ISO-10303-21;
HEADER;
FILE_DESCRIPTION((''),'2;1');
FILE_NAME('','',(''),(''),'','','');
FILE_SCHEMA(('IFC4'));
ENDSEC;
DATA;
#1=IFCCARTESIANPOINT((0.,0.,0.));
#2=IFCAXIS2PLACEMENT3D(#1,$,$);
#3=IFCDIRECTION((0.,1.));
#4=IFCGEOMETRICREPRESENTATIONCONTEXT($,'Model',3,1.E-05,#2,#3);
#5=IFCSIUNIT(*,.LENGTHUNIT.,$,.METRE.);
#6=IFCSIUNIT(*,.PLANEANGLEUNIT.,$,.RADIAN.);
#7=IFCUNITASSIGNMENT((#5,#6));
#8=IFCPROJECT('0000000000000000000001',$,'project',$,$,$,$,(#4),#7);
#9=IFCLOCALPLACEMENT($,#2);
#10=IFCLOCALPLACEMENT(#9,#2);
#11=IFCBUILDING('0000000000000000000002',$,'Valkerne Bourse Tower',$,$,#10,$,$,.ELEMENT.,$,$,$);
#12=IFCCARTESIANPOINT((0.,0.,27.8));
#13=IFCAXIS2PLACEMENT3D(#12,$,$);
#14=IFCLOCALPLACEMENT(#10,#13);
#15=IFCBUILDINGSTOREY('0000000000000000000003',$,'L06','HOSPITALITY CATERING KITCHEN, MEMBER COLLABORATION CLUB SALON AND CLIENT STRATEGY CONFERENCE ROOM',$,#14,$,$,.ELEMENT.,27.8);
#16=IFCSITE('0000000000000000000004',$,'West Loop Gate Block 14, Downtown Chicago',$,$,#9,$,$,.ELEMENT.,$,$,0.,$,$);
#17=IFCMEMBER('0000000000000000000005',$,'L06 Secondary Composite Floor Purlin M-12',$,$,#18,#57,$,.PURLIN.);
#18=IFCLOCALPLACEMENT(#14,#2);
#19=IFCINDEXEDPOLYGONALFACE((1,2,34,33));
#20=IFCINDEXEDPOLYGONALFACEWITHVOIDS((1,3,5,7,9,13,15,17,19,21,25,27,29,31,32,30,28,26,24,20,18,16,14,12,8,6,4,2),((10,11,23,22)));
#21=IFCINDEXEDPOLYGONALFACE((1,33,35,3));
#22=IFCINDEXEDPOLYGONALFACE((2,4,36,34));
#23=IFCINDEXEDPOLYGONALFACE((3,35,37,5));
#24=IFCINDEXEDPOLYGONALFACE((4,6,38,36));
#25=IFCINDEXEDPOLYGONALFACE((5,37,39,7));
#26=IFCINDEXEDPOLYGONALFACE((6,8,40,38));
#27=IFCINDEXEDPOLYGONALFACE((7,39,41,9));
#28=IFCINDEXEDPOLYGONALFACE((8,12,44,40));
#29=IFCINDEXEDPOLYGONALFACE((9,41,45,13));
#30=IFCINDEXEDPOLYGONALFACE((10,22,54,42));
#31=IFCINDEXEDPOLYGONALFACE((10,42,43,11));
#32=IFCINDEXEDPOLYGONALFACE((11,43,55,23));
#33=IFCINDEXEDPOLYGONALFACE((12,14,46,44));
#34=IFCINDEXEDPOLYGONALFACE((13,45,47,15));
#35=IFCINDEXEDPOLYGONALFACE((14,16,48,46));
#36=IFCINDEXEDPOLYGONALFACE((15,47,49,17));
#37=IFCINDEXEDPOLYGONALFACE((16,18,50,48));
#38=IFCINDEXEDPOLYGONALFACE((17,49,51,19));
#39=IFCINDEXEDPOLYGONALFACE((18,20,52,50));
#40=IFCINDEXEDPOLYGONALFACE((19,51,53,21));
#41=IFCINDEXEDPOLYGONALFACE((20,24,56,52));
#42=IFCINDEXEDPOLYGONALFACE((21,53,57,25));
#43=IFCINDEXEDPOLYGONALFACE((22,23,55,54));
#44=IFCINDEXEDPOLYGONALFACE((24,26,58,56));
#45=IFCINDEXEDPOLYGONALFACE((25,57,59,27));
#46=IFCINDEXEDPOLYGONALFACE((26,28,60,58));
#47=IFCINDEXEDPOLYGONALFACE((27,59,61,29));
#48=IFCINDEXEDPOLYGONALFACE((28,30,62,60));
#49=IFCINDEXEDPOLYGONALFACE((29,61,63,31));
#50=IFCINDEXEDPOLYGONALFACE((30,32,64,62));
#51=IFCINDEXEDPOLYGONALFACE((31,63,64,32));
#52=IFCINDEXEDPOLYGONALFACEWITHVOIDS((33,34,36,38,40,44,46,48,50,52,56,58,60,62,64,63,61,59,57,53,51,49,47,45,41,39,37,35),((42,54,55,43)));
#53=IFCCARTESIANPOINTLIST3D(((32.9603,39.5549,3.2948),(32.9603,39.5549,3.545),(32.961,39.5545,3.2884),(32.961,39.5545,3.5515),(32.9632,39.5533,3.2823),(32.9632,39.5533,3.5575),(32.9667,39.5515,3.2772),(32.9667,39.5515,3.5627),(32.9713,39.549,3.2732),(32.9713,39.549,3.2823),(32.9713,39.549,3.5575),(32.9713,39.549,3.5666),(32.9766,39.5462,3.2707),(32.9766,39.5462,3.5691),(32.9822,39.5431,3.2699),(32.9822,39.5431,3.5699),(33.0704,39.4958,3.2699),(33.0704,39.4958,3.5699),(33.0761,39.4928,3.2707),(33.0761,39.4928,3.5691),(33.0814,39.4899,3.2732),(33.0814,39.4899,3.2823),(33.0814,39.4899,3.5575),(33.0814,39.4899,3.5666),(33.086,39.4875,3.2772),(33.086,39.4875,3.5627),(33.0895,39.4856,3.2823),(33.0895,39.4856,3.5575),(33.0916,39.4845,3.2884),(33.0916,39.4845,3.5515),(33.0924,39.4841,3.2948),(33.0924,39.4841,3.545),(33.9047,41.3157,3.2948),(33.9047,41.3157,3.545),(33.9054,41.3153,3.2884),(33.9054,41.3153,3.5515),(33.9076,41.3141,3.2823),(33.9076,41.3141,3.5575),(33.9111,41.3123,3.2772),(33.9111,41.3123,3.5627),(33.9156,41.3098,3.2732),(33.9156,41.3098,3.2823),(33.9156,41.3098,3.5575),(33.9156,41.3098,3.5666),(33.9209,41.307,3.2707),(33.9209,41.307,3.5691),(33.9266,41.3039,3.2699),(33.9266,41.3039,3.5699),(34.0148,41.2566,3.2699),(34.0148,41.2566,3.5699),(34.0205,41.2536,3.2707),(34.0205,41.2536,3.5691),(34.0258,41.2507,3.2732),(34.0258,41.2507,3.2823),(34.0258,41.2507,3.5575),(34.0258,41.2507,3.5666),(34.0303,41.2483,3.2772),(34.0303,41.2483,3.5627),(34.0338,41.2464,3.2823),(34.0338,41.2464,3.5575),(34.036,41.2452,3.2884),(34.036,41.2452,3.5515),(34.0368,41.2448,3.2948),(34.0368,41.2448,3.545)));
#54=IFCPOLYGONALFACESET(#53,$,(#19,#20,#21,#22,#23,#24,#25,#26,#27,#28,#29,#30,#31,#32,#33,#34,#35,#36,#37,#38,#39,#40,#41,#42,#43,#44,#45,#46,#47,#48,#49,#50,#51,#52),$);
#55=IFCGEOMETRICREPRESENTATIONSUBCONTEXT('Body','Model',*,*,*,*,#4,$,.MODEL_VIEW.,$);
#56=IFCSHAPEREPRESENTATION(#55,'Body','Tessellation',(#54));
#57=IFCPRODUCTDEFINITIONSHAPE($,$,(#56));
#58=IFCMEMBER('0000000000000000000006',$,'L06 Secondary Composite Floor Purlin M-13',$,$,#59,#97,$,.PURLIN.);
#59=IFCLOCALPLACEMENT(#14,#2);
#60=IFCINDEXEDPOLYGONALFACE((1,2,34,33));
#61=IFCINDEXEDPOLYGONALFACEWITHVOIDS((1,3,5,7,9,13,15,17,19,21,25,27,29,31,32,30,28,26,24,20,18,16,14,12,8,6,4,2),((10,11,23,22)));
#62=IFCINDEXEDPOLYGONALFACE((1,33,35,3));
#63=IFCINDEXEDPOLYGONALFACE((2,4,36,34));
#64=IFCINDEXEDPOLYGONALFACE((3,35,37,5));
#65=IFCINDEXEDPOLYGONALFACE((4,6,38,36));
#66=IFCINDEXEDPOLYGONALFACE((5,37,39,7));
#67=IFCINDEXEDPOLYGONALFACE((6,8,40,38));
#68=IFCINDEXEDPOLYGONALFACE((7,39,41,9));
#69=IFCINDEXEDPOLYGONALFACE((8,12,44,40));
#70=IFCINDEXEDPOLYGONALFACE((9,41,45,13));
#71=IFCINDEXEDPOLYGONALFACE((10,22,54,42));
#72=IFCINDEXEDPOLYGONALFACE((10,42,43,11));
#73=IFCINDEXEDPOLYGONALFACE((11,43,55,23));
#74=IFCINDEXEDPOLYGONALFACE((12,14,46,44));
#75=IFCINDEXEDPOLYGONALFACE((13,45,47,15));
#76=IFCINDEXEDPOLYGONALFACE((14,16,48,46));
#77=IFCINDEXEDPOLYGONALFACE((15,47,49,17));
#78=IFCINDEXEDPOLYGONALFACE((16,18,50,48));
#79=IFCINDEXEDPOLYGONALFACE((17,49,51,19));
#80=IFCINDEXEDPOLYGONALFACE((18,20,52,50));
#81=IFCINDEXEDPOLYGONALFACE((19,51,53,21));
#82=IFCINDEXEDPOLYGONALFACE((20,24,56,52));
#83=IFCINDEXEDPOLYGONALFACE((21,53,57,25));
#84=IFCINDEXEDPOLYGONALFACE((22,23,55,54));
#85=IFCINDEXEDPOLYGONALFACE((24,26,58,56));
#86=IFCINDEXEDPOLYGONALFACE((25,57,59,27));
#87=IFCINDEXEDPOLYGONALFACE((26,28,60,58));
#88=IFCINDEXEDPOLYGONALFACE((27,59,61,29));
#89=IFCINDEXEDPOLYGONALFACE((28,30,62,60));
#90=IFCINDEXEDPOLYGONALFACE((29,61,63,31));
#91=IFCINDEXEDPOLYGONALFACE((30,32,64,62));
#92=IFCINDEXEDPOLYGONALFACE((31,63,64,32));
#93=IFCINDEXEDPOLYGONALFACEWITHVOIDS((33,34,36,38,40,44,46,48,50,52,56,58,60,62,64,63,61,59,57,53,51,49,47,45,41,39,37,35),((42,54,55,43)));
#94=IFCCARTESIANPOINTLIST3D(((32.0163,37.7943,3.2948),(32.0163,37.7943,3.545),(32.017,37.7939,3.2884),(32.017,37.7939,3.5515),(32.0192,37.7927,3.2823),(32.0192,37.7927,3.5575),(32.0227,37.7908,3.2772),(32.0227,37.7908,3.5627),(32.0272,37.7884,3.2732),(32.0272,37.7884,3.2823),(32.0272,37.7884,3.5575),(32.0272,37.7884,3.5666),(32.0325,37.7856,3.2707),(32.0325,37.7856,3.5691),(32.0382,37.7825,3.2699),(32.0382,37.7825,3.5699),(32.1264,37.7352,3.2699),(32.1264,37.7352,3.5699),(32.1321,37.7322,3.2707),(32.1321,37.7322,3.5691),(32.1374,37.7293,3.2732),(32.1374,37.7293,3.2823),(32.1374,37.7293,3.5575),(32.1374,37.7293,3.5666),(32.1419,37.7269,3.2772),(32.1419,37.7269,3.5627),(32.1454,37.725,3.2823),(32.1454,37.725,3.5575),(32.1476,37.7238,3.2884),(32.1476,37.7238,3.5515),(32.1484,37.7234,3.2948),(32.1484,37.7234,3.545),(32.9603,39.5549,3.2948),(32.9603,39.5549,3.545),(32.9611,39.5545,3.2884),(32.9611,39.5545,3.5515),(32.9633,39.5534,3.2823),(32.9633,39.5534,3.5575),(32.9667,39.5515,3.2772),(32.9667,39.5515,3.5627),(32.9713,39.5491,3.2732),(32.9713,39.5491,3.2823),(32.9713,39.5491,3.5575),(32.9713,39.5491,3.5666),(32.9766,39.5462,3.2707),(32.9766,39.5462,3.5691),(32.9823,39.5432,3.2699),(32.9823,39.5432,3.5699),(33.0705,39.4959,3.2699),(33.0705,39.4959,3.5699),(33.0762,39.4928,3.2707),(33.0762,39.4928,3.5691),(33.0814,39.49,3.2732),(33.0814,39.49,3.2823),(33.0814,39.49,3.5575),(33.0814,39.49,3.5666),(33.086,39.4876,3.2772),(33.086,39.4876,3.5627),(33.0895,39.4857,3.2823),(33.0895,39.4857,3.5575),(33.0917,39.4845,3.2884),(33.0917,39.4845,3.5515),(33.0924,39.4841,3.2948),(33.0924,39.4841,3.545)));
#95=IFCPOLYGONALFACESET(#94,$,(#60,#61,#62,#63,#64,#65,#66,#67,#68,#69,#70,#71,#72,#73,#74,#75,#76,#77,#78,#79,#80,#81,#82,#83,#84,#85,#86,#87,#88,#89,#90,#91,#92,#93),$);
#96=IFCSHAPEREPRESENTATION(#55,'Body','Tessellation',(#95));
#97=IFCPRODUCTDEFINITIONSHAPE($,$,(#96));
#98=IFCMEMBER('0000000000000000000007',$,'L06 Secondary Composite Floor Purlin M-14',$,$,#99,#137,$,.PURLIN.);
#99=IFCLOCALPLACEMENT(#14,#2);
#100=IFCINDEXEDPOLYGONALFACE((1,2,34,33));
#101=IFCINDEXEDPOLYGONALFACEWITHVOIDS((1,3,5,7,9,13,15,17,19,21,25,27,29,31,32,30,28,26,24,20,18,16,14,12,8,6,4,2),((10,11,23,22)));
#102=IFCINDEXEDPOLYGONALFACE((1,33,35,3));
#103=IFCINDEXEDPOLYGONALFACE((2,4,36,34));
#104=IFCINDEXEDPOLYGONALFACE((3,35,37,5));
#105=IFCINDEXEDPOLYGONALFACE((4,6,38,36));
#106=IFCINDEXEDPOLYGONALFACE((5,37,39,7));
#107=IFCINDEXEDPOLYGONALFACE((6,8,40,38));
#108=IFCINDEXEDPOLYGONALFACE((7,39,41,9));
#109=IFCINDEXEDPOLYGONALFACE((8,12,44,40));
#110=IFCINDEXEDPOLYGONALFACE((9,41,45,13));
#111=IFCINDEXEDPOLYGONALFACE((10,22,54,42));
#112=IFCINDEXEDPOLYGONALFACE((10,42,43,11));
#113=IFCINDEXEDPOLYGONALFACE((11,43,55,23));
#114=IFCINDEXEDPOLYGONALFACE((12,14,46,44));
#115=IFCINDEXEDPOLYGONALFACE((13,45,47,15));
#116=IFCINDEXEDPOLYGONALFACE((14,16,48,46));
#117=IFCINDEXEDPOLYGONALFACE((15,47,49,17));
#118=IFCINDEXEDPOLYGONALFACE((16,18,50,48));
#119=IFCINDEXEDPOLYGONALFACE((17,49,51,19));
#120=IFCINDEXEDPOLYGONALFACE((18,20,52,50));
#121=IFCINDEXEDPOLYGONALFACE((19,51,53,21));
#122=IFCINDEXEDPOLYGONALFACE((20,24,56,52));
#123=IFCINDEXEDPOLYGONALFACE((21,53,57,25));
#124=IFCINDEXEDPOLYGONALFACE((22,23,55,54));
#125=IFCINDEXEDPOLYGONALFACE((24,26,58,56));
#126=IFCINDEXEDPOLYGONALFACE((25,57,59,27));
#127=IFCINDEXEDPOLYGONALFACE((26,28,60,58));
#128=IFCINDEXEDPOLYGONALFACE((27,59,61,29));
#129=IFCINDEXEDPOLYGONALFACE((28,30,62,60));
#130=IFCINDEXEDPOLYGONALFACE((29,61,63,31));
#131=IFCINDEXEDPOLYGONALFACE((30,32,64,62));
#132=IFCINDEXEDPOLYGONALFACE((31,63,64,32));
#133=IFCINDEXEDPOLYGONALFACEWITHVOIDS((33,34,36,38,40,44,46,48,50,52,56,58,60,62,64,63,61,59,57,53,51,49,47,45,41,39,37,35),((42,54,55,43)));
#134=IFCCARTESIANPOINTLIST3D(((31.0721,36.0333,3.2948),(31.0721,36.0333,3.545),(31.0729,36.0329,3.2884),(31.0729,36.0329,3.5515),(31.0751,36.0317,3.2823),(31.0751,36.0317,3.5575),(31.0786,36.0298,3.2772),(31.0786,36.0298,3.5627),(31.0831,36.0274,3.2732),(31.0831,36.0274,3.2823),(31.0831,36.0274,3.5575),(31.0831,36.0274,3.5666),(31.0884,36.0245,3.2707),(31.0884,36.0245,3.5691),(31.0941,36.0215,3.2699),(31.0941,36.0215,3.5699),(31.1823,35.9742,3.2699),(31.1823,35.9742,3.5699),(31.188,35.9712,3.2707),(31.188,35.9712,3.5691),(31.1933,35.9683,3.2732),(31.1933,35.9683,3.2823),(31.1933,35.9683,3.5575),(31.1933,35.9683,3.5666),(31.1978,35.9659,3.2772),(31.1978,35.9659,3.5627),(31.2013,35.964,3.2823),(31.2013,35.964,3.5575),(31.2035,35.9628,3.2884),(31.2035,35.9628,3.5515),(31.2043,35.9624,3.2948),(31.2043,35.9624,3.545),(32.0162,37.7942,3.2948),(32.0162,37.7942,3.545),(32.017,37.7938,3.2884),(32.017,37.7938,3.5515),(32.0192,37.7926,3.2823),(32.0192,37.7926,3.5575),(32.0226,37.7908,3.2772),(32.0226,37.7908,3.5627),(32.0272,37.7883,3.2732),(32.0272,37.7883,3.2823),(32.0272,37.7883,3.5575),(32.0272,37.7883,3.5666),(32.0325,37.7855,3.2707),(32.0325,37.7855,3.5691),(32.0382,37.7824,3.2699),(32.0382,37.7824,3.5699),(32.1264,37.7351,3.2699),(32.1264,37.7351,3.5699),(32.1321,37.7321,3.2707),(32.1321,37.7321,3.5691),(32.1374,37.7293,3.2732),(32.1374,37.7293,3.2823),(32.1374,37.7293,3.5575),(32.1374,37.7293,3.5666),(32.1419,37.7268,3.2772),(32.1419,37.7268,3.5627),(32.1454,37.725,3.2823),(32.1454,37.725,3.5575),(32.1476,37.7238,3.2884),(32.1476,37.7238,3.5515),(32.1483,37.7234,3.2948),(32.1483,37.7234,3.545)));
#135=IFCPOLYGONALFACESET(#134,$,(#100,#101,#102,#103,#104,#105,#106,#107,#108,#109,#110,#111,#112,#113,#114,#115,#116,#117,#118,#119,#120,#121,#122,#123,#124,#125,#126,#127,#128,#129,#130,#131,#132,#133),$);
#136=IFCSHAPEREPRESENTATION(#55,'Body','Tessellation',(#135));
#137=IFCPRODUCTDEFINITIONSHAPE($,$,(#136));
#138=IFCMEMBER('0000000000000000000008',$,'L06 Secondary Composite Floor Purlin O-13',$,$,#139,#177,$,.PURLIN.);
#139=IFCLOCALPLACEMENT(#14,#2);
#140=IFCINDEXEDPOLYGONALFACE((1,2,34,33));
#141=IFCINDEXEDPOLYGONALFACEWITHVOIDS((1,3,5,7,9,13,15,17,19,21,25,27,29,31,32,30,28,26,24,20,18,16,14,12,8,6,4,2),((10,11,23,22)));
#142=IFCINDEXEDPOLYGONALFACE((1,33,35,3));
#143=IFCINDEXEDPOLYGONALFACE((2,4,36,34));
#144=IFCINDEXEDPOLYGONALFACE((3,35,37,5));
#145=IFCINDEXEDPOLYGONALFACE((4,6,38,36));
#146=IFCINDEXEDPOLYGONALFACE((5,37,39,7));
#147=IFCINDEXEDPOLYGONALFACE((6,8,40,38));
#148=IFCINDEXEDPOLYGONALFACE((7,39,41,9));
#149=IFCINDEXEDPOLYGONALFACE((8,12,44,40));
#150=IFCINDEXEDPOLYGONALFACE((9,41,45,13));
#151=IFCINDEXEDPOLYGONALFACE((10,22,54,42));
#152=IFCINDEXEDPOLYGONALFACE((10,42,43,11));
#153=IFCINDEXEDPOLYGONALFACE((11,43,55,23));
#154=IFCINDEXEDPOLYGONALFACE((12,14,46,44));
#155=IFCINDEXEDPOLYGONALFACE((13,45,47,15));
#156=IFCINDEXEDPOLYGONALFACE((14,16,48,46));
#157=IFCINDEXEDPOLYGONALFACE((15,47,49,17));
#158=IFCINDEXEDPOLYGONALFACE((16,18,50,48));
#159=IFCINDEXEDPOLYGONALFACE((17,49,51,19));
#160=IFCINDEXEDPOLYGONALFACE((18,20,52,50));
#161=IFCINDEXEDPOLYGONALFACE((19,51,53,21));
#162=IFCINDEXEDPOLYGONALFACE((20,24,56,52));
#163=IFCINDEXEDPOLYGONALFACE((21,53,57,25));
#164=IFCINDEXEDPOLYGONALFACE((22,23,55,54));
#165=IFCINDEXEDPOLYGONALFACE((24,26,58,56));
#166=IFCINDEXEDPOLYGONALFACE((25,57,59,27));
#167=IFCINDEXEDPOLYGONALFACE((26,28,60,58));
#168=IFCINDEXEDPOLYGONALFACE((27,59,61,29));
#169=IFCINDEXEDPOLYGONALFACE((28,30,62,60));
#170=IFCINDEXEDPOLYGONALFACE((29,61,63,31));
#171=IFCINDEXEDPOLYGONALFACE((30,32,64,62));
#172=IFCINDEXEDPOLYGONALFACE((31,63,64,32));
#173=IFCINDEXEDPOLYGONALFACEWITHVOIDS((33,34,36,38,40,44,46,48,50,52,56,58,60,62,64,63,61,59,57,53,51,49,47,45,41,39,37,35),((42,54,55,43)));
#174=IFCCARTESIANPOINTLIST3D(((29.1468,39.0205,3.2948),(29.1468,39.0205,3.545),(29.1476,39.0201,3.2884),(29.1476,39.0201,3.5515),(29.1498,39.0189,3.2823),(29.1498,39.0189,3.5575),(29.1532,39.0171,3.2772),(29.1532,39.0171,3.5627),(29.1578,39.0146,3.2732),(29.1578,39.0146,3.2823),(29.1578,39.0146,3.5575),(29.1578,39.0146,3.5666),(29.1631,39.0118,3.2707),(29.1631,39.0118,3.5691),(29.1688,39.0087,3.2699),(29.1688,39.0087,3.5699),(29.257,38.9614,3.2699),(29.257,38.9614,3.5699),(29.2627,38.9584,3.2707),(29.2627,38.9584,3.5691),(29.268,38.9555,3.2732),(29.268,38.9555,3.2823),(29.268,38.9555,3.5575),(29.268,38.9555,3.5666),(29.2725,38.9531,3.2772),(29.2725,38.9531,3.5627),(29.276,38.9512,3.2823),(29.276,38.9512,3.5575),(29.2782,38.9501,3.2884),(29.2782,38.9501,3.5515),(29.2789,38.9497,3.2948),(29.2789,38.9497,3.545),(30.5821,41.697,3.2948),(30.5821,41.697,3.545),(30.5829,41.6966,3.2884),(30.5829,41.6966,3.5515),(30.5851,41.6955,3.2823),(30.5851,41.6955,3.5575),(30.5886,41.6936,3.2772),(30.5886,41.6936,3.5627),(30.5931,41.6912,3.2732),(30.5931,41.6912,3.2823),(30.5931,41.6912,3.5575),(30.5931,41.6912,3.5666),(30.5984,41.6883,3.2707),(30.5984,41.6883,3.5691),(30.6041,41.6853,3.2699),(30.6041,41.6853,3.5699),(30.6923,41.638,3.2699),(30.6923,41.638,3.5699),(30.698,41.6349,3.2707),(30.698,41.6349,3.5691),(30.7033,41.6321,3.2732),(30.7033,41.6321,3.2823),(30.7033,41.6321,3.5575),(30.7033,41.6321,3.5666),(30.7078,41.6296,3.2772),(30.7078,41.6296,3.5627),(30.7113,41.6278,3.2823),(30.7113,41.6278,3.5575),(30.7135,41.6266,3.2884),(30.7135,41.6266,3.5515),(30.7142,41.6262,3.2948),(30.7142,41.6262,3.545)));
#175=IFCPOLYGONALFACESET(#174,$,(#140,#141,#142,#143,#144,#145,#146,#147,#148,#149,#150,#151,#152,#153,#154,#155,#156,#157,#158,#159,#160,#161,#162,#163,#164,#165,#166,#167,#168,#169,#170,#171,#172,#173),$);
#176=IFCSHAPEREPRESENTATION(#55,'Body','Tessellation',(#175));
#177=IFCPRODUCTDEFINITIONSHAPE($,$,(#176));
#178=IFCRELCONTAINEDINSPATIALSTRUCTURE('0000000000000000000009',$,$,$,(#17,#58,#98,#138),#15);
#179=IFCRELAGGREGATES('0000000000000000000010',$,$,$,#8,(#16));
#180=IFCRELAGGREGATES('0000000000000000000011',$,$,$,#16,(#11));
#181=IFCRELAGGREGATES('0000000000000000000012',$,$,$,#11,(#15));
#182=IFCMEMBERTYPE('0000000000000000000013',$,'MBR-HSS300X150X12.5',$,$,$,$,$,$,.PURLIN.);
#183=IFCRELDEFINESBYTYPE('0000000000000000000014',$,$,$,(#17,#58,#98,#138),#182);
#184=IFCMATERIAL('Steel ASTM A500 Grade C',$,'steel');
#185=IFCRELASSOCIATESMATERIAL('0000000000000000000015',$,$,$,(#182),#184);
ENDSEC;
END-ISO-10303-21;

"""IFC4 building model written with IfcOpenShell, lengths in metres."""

from ifc_helpers import new_model, si_unit, direction, frame, origin, origin_2d, place, context, subcontext, project, spatial, hollow_rectangle, extrude, material, material_profile, profile_set, type_object, element, save


model = new_model("IFC4")

# Units and contexts
model_context = context("Model", 3, precision=1e-05, world=origin(), true_north=direction((0.0, 1.0)))
body_context = subcontext(model_context, "Body", "Model", "MODEL_VIEW")
ifc_project = project(units=[si_unit("LENGTHUNIT", "METRE"), si_unit("PLANEANGLEUNIT", "RADIAN")], contexts=[model_context])

# Site, building, storey
site_placement = place(None, origin())
site = spatial("IfcSite", under=ifc_project, at=site_placement, Name="West Loop Gate Block 14, Downtown Chicago", CompositionType="ELEMENT", RefElevation=0.0)
building_placement = place(site_placement, origin())
building = spatial("IfcBuilding", under=site, at=building_placement, Name="Valkerne Bourse Tower", CompositionType="ELEMENT")
storey_placement = place(building_placement, frame((0.0, 0.0, 27.8)))
storey = spatial("IfcBuildingStorey", under=building, at=storey_placement, Name="L06", Description="HOSPITALITY CATERING KITCHEN, MEMBER COLLABORATION CLUB SALON AND CLIENT STRATEGY CONFERENCE ROOM", CompositionType="ELEMENT", Elevation=27.8)

# Members
ifc_material_1 = material(Name="Steel ASTM A500 Grade C", Category="steel")
ifc_material_profile_1 = material_profile(ifc_material_1, hollow_rectangle(XDim=0.1499, YDim=0.3, WallThickness=0.0125, OuterFilletRadius=0.0249, at=origin_2d()), Name="HSS300X150X12.5")
ifc_profile_set_1 = profile_set([ifc_material_profile_1], Name="Steel ASTM A500 Grade C")
member_type_1 = type_object("IfcMemberType", Name="MBR-HSS300X150X12.5", PredefinedType="PURLIN", material=ifc_profile_set_1)
member_1_placement = place(storey_placement, frame((33.9707, 41.2803, 3.4199), z_axis=(-0.472642, -0.881255, 0.0), x_axis=(0.881255, -0.472642, 0.0)))
element("IfcMember", 1, at=member_1_placement, inside=storey, type_object=member_type_1, Name="L06 Secondary Composite Floor Purlin M-12", PredefinedType="PURLIN", context=body_context, shape_type="SweptSolid", body=[
    extrude(hollow_rectangle(XDim=0.1499, YDim=0.3, WallThickness=0.0125, OuterFilletRadius=0.0249, at=origin_2d()), origin(), (0.0, 0.0, 1.0), 1.998),
])
member_2_placement = place(storey_placement, frame((33.0264, 39.5195, 3.4199), z_axis=(-0.472547, -0.881306, 0.0), x_axis=(0.881306, -0.472547, 0.0)))
element("IfcMember", 2, at=member_2_placement, inside=storey, type_object=member_type_1, Name="L06 Secondary Composite Floor Purlin M-13", PredefinedType="PURLIN", context=body_context, shape_type="SweptSolid", body=[
    extrude(hollow_rectangle(XDim=0.1499, YDim=0.3, WallThickness=0.0125, OuterFilletRadius=0.0249, at=origin_2d()), origin(), (0.0, 0.0, 1.0), 1.9978),
])
member_3_placement = place(storey_placement, frame((32.0823, 37.7588, 3.4199), z_axis=(-0.472496, -0.881333, 0.0), x_axis=(0.881333, -0.472496, 0.0)))
element("IfcMember", 3, at=member_3_placement, inside=storey, type_object=member_type_1, Name="L06 Secondary Composite Floor Purlin M-14", PredefinedType="PURLIN", context=body_context, shape_type="SweptSolid", body=[
    extrude(hollow_rectangle(XDim=0.1499, YDim=0.3, WallThickness=0.0125, OuterFilletRadius=0.0249, at=origin_2d()), origin(), (0.0, 0.0, 1.0), 1.998),
])
member_4_placement = place(storey_placement, frame((30.6482, 41.6616, 3.4199), z_axis=(-0.472594, -0.88128, 0.0), x_axis=(0.88128, -0.472594, 0.0)))
element("IfcMember", 4, at=member_4_placement, inside=storey, type_object=member_type_1, Name="L06 Secondary Composite Floor Purlin O-13", PredefinedType="PURLIN", context=body_context, shape_type="SweptSolid", body=[
    extrude(hollow_rectangle(XDim=0.1499, YDim=0.3, WallThickness=0.0125, OuterFilletRadius=0.0249, at=origin_2d()), origin(), (0.0, 0.0, 1.0), 3.0371),
])

save(model, "model.ifc")
